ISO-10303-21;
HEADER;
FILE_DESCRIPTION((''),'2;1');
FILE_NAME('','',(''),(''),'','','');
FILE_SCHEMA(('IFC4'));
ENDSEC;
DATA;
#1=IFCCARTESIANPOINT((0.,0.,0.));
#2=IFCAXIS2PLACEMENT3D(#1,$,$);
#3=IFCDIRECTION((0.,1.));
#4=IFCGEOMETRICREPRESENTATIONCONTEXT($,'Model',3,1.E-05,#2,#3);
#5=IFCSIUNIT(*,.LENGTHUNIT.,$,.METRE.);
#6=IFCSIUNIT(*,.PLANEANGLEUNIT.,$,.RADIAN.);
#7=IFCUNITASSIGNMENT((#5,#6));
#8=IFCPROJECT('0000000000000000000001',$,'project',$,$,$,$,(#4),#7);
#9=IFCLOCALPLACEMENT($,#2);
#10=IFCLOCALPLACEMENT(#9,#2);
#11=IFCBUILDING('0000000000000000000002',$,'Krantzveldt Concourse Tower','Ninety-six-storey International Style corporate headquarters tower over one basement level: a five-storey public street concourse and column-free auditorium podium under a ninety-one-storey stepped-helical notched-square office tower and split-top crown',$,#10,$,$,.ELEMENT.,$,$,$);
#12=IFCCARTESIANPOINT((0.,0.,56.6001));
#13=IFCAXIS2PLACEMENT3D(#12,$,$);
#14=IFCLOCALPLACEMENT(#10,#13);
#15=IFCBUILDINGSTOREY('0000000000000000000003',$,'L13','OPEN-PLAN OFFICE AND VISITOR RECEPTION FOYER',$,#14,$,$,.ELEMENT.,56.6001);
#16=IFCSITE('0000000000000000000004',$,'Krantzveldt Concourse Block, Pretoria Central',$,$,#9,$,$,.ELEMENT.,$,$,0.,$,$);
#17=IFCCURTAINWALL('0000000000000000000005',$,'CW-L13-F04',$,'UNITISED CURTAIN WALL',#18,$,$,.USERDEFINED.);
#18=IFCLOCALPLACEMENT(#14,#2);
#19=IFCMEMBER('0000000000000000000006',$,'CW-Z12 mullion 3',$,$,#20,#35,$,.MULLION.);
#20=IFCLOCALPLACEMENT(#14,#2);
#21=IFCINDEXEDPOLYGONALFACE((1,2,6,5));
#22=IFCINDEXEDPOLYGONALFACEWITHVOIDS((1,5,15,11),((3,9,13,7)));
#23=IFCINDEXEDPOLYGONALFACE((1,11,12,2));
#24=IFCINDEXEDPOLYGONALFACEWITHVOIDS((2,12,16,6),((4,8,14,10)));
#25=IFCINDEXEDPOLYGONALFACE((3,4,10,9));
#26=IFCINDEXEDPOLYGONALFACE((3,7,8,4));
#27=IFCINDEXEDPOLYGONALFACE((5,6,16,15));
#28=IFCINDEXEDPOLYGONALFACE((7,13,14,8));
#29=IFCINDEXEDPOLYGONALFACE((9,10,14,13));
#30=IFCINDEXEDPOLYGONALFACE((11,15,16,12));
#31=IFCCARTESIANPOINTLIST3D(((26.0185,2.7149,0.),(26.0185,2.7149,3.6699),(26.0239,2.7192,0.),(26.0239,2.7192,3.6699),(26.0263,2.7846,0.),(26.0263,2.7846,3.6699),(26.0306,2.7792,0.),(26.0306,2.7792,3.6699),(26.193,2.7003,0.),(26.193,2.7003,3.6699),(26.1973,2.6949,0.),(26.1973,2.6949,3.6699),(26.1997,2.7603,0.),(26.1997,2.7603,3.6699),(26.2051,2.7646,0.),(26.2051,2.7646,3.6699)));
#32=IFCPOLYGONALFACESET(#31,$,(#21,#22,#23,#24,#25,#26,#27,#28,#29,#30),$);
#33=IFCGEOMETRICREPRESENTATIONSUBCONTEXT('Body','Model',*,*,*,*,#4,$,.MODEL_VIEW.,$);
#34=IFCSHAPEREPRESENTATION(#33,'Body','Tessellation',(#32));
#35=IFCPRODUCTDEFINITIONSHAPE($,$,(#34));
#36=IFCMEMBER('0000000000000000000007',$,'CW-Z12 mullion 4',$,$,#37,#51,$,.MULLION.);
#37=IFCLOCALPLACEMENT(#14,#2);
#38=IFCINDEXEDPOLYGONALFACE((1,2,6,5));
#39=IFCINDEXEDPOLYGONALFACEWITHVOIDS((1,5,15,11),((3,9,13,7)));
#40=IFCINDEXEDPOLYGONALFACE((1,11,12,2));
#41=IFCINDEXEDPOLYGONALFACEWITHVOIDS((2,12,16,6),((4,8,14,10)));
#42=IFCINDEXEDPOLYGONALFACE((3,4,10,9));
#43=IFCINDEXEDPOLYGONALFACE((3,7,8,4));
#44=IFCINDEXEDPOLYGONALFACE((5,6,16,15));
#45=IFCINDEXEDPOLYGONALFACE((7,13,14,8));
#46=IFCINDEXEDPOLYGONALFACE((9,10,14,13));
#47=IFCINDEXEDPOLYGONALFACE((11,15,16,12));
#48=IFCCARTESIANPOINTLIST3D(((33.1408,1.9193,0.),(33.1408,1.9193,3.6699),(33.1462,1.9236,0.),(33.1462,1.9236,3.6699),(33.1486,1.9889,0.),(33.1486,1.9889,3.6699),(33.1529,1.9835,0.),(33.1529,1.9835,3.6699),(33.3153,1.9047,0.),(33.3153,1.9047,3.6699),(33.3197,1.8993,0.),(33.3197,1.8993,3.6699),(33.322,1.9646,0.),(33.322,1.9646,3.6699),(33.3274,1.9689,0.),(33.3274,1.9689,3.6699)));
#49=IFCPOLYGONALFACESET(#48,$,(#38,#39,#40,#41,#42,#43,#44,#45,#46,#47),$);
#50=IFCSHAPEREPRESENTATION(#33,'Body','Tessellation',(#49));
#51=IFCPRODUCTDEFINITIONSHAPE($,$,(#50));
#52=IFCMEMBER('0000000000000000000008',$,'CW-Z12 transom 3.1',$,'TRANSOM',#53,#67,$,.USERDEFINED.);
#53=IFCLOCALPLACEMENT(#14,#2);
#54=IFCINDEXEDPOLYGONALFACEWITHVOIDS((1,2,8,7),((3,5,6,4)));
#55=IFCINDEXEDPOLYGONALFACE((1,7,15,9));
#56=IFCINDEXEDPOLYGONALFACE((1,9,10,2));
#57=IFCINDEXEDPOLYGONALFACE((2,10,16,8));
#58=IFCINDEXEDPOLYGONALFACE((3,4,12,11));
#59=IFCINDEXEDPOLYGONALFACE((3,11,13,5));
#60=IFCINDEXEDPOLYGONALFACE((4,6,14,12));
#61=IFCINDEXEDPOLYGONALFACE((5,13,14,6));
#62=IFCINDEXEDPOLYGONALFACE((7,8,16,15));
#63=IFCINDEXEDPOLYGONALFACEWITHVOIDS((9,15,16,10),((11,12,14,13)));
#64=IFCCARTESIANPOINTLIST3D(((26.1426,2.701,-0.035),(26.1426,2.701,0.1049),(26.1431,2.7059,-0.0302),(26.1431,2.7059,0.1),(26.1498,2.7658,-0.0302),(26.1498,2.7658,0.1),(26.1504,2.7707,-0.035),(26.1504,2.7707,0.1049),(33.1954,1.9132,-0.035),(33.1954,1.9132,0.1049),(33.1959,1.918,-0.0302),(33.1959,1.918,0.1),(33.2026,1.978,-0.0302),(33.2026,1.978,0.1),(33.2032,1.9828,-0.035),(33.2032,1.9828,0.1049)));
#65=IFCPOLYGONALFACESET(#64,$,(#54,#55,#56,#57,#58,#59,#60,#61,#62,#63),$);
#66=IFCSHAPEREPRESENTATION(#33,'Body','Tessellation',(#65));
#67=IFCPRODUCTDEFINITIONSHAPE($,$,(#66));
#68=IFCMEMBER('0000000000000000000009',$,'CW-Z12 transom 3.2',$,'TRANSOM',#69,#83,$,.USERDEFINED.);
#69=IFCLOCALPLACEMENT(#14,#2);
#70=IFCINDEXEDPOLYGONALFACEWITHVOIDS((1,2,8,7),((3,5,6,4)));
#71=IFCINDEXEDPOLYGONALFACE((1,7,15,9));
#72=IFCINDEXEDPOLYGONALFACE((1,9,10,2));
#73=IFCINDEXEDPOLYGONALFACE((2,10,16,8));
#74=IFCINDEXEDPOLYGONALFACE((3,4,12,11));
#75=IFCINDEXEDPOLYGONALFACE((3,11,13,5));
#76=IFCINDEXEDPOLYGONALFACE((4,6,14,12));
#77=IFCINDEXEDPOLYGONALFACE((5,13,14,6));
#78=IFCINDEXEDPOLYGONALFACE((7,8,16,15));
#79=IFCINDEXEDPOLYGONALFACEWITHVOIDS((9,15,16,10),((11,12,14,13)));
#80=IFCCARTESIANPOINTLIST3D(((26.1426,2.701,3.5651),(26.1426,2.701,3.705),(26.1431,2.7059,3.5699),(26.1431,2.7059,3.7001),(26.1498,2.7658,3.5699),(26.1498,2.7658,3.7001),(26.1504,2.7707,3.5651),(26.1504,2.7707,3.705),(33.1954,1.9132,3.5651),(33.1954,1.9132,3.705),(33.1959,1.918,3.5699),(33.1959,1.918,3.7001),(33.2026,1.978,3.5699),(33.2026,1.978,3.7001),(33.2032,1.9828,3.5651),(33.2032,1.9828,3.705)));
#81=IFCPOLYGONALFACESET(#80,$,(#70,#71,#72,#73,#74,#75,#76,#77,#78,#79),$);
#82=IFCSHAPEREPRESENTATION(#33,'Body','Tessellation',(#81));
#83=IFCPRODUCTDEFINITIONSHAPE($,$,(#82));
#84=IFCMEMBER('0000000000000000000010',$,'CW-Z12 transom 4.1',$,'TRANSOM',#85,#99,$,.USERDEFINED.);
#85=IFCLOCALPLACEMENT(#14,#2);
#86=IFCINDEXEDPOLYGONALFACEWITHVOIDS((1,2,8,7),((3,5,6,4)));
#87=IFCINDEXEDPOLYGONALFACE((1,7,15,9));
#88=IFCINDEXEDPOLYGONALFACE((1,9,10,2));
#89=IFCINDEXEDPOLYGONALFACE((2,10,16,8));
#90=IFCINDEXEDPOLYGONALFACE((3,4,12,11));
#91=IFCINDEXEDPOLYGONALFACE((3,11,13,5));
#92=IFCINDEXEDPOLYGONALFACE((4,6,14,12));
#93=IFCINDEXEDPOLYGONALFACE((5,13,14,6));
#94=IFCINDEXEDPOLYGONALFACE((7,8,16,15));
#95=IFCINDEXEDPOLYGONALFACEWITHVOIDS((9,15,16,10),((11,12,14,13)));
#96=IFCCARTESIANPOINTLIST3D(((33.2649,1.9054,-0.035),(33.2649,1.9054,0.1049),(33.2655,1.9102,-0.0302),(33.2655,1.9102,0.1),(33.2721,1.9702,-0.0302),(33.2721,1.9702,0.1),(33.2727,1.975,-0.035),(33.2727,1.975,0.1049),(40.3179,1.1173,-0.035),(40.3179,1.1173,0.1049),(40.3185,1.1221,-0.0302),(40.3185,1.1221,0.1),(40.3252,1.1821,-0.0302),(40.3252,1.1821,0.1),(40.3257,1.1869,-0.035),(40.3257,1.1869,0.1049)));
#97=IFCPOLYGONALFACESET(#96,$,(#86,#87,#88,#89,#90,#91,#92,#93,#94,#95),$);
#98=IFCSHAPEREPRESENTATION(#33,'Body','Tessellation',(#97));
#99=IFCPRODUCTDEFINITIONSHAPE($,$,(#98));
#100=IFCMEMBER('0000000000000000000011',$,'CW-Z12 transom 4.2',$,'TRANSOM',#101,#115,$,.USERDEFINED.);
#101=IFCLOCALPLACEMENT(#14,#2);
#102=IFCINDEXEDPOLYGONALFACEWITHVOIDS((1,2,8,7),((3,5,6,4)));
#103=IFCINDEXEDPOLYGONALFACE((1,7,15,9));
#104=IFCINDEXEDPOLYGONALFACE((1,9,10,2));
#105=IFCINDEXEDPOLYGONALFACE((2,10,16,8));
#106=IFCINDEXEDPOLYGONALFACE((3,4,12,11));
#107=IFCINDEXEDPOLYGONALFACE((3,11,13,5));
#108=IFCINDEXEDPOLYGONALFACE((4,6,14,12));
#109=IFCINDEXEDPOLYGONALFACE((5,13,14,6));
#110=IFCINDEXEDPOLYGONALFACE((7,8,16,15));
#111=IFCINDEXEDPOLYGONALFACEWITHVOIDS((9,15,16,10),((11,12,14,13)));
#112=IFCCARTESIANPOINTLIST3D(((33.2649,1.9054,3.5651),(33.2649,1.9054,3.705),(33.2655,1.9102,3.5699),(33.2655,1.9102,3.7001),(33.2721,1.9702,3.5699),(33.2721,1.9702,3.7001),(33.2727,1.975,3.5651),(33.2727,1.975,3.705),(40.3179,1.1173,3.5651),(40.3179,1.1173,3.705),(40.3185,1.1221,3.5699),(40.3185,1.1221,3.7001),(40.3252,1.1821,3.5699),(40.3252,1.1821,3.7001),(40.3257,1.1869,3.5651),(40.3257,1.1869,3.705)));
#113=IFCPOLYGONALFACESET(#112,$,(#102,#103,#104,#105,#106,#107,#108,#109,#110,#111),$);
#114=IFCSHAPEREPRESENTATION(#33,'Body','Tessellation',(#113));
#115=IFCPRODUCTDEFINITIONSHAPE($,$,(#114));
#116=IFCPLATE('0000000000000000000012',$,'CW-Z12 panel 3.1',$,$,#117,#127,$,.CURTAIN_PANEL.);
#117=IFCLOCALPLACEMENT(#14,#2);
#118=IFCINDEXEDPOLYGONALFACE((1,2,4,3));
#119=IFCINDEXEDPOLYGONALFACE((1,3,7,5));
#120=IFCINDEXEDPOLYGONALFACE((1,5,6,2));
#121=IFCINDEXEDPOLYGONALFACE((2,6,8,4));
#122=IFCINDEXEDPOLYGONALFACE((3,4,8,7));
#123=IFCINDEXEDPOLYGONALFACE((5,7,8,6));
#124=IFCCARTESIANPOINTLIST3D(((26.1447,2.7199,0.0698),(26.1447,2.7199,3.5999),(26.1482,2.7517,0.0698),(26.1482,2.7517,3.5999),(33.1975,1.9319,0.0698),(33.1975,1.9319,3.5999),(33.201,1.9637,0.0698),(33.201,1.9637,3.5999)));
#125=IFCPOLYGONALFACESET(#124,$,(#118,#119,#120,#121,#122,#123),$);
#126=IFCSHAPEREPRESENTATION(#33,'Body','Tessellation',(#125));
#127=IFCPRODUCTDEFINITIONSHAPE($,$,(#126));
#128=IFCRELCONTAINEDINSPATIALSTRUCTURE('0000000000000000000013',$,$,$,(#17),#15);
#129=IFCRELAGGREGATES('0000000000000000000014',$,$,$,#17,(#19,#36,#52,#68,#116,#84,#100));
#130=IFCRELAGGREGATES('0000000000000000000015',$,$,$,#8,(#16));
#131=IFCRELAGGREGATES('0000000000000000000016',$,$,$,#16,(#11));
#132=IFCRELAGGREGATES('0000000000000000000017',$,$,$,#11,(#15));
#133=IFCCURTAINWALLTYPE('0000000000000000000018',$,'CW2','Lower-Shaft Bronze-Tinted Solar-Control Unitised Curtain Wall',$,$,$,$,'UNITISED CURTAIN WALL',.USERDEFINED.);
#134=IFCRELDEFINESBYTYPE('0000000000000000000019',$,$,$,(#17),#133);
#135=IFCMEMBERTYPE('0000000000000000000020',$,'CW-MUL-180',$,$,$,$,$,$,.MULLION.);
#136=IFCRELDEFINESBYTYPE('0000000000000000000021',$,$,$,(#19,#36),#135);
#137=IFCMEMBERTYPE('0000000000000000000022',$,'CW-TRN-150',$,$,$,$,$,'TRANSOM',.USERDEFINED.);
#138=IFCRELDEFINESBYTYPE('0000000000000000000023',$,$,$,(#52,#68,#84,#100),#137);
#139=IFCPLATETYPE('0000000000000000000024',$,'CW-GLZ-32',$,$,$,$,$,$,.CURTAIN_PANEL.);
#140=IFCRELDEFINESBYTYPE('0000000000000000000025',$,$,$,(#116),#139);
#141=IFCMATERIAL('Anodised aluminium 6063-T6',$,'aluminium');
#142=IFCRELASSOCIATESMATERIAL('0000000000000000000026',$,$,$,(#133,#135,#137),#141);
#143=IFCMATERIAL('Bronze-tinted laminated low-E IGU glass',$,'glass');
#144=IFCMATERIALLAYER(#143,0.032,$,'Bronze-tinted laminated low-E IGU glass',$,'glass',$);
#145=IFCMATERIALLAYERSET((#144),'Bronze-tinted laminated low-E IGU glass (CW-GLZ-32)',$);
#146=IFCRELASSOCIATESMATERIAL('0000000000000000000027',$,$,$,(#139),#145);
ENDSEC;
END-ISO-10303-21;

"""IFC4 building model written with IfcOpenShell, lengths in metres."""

from ifc_helpers import new_model, si_unit, direction, frame, origin, origin_2d, place, context, subcontext, project, spatial, rectangle, hollow_rectangle, extrude, source, transform, mapped, material, layer, layer_set, material_profile, profile_set, type_object, type_shapes, element, aggregate, save


model = new_model("IFC4")

# Units and contexts
model_context = context("Model", 3, precision=1e-05, world=origin(), true_north=direction((0.0, 1.0)))
body_context = subcontext(model_context, "Body", "Model", "MODEL_VIEW")
ifc_project = project(units=[si_unit("LENGTHUNIT", "METRE"), si_unit("PLANEANGLEUNIT", "RADIAN")], contexts=[model_context])

# Site, building, storey
site_placement = place(None, origin())
site = spatial("IfcSite", under=ifc_project, at=site_placement, Name="Krantzveldt Concourse Block, Pretoria Central", CompositionType="ELEMENT", RefElevation=0.0)
building_placement = place(site_placement, origin())
building = spatial("IfcBuilding", under=site, at=building_placement, Name="Krantzveldt Concourse Tower", Description="Ninety-six-storey International Style corporate headquarters tower over one basement level: a five-storey public street concourse and column-free auditorium podium under a ninety-one-storey stepped-helical notched-square office tower and split-top crown", CompositionType="ELEMENT")
storey_placement = place(building_placement, frame((0.0, 0.0, 56.6001)))
storey = spatial("IfcBuildingStorey", under=building, at=storey_placement, Name="L13", Description="OPEN-PLAN OFFICE AND VISITOR RECEPTION FOYER", CompositionType="ELEMENT", Elevation=56.6001)

# Curtain wall, members, plate
ifc_material_1 = material(Name="Anodised aluminium 6063-T6", Category="aluminium")
curtain_wall_type = type_object("IfcCurtainWallType", Name="CW2", Description="Lower-Shaft Bronze-Tinted Solar-Control Unitised Curtain Wall", ElementType="UNITISED CURTAIN WALL", PredefinedType="USERDEFINED", material=ifc_material_1)
curtain_wall_placement = place(storey_placement, origin())
curtain_wall = element("IfcCurtainWall", 1, at=curtain_wall_placement, inside=storey, type_object=curtain_wall_type, Name="CW-L13-F04", ObjectType="UNITISED CURTAIN WALL", PredefinedType="USERDEFINED")
ifc_material_profile_1 = material_profile(ifc_material_1, hollow_rectangle(XDim=0.0701, YDim=0.1799, WallThickness=0.0049, at=origin_2d()), Name="Anodised aluminium 6063-T6", Category="aluminium")
ifc_profile_set_1 = profile_set([ifc_material_profile_1], Name="Anodised aluminium 6063-T6 - ALU-MULL 180x70x5")
member_type_1 = type_object("IfcMemberType", Name="CW-MUL-180", PredefinedType="MULLION", material=ifc_profile_set_1)
shared_shape_1 = source(origin(), body_context, "Body", "SweptSolid", [
    extrude(hollow_rectangle(XDim=0.0701, YDim=0.1799, WallThickness=0.0049, at=origin_2d()), origin(), (0.0, 0.0, 1.0), 3.6699),
])
type_shapes(member_type_1, [shared_shape_1])
member_1_placement = place(storey_placement, frame((26.1118, 2.7397, 0.0), z_axis=(0.0, 0.0, 1.0), x_axis=(0.111035, 0.993816, 0.0)))
member_1 = element("IfcMember", 2, at=member_1_placement, type_object=member_type_1, Name="CW-Z12 mullion 3", PredefinedType="MULLION", context=body_context, shape_type="MappedRepresentation", body=[
    mapped(shared_shape_1, transform((0.0, 0.0, 0.0), x_axis=(1.0, 0.0, 0.0), y_axis=(0.0, 1.0, 0.0), z_axis=(0.0, 0.0, 1.0), scale=1.0)),
])
member_2_placement = place(storey_placement, frame((33.2341, 1.9441, 0.0), z_axis=(0.0, 0.0, 1.0), x_axis=(0.111035, 0.993816, 0.0)))
member_2 = element("IfcMember", 3, at=member_2_placement, type_object=member_type_1, Name="CW-Z12 mullion 4", PredefinedType="MULLION", context=body_context, shape_type="MappedRepresentation", body=[
    mapped(shared_shape_1, transform((0.0, 0.0, 0.0), x_axis=(1.0, 0.0, 0.0), y_axis=(0.0, 1.0, 0.0), z_axis=(0.0, 0.0, 1.0), scale=1.0)),
])
ifc_material_profile_2 = material_profile(ifc_material_1, hollow_rectangle(XDim=0.0701, YDim=0.1399, WallThickness=0.0049, at=origin_2d()), Name="Anodised aluminium 6063-T6", Category="aluminium")
ifc_profile_set_2 = profile_set([ifc_material_profile_2], Name="Anodised aluminium 6063-T6 - ALU-TRAN 140x70x5")
member_type_2 = type_object("IfcMemberType", Name="CW-TRN-150", ElementType="TRANSOM", PredefinedType="USERDEFINED", material=ifc_profile_set_2)
shared_shape_2 = source(origin(), body_context, "Body", "SweptSolid", [
    extrude(hollow_rectangle(XDim=0.0701, YDim=0.1399, WallThickness=0.0049, at=origin_2d()), origin(), (0.0, 0.0, 1.0), 7.0967),
])
member_3_placement = place(storey_placement, frame((26.1465, 2.7358, 0.0349), z_axis=(0.993819, -0.111017, 0.0), x_axis=(0.111017, 0.993819, 0.0)))
member_3 = element("IfcMember", 4, at=member_3_placement, type_object=member_type_2, Name="CW-Z12 transom 3.1", ObjectType="TRANSOM", PredefinedType="USERDEFINED", context=body_context, shape_type="MappedRepresentation", body=[
    mapped(shared_shape_2, transform((0.0, 0.0, 0.0), x_axis=(1.0, 0.0, 0.0), y_axis=(0.0, 1.0, 0.0), z_axis=(0.0, 0.0, 1.0), scale=1.0)),
])
member_4_placement = place(storey_placement, frame((26.1465, 2.7358, 3.635), z_axis=(0.993819, -0.111017, 0.0), x_axis=(0.111017, 0.993819, 0.0)))
member_4 = element("IfcMember", 5, at=member_4_placement, type_object=member_type_2, Name="CW-Z12 transom 3.2", ObjectType="TRANSOM", PredefinedType="USERDEFINED", context=body_context, shape_type="MappedRepresentation", body=[
    mapped(shared_shape_2, transform((0.0, 0.0, 0.0), x_axis=(1.0, 0.0, 0.0), y_axis=(0.0, 1.0, 0.0), z_axis=(0.0, 0.0, 1.0), scale=1.0)),
])
shared_shape_3 = source(origin(), body_context, "Body", "SweptSolid", [
    extrude(hollow_rectangle(XDim=0.0701, YDim=0.1399, WallThickness=0.0049, at=origin_2d()), origin(), (0.0, 0.0, 1.0), 7.0969),
])
type_shapes(member_type_2, [shared_shape_2, shared_shape_3])
member_5_placement = place(storey_placement, frame((33.2688, 1.9402, 0.0349), z_axis=(0.993815, -0.111047, 0.0), x_axis=(0.111047, 0.993815, 0.0)))
member_5 = element("IfcMember", 6, at=member_5_placement, type_object=member_type_2, Name="CW-Z12 transom 4.1", ObjectType="TRANSOM", PredefinedType="USERDEFINED", context=body_context, shape_type="MappedRepresentation", body=[
    mapped(shared_shape_3, transform((0.0, 0.0, 0.0), x_axis=(1.0, 0.0, 0.0), y_axis=(0.0, 1.0, 0.0), z_axis=(0.0, 0.0, 1.0), scale=1.0)),
])
member_6_placement = place(storey_placement, frame((33.2688, 1.9402, 3.635), z_axis=(0.993815, -0.111047, 0.0), x_axis=(0.111047, 0.993815, 0.0)))
member_6 = element("IfcMember", 7, at=member_6_placement, type_object=member_type_2, Name="CW-Z12 transom 4.2", ObjectType="TRANSOM", PredefinedType="USERDEFINED", context=body_context, shape_type="MappedRepresentation", body=[
    mapped(shared_shape_3, transform((0.0, 0.0, 0.0), x_axis=(1.0, 0.0, 0.0), y_axis=(0.0, 1.0, 0.0), z_axis=(0.0, 0.0, 1.0), scale=1.0)),
])
ifc_material_2 = material(Name="Bronze-tinted laminated low-E IGU glass", Category="glass")
ifc_layer_1 = layer(ifc_material_2, 0.032, Name="Bronze-tinted laminated low-E IGU glass", Category="glass")
ifc_layer_set_1 = layer_set([ifc_layer_1], Name="Bronze-tinted laminated low-E IGU glass (CW-GLZ-32)")
plate_type = type_object("IfcPlateType", Name="CW-GLZ-32", PredefinedType="CURTAIN_PANEL", material=ifc_layer_set_1)
shared_shape_4 = source(origin(), body_context, "Body", "SweptSolid", [
    extrude(rectangle(XDim=7.0967, YDim=0.032, at=origin_2d()), origin(), (0.0, 0.0, 1.0), 3.53),
])
type_shapes(plate_type, [shared_shape_4])
plate_placement = place(storey_placement, frame((29.6729, 2.3418, 0.0698), z_axis=(0.0, 0.0, 1.0), x_axis=(0.993816, -0.111035, 0.0)))
plate = element("IfcPlate", 8, at=plate_placement, type_object=plate_type, Name="CW-Z12 panel 3.1", PredefinedType="CURTAIN_PANEL", context=body_context, shape_type="MappedRepresentation", body=[
    mapped(shared_shape_4, transform((0.0, 0.0, 0.0), x_axis=(1.0, 0.0, 0.0), y_axis=(0.0, 1.0, 0.0), z_axis=(0.0, 0.0, 1.0), scale=1.0)),
])
aggregate(curtain_wall, [member_1, member_2, member_3, member_4, plate, member_5, member_6])

save(model, "model.ifc")
